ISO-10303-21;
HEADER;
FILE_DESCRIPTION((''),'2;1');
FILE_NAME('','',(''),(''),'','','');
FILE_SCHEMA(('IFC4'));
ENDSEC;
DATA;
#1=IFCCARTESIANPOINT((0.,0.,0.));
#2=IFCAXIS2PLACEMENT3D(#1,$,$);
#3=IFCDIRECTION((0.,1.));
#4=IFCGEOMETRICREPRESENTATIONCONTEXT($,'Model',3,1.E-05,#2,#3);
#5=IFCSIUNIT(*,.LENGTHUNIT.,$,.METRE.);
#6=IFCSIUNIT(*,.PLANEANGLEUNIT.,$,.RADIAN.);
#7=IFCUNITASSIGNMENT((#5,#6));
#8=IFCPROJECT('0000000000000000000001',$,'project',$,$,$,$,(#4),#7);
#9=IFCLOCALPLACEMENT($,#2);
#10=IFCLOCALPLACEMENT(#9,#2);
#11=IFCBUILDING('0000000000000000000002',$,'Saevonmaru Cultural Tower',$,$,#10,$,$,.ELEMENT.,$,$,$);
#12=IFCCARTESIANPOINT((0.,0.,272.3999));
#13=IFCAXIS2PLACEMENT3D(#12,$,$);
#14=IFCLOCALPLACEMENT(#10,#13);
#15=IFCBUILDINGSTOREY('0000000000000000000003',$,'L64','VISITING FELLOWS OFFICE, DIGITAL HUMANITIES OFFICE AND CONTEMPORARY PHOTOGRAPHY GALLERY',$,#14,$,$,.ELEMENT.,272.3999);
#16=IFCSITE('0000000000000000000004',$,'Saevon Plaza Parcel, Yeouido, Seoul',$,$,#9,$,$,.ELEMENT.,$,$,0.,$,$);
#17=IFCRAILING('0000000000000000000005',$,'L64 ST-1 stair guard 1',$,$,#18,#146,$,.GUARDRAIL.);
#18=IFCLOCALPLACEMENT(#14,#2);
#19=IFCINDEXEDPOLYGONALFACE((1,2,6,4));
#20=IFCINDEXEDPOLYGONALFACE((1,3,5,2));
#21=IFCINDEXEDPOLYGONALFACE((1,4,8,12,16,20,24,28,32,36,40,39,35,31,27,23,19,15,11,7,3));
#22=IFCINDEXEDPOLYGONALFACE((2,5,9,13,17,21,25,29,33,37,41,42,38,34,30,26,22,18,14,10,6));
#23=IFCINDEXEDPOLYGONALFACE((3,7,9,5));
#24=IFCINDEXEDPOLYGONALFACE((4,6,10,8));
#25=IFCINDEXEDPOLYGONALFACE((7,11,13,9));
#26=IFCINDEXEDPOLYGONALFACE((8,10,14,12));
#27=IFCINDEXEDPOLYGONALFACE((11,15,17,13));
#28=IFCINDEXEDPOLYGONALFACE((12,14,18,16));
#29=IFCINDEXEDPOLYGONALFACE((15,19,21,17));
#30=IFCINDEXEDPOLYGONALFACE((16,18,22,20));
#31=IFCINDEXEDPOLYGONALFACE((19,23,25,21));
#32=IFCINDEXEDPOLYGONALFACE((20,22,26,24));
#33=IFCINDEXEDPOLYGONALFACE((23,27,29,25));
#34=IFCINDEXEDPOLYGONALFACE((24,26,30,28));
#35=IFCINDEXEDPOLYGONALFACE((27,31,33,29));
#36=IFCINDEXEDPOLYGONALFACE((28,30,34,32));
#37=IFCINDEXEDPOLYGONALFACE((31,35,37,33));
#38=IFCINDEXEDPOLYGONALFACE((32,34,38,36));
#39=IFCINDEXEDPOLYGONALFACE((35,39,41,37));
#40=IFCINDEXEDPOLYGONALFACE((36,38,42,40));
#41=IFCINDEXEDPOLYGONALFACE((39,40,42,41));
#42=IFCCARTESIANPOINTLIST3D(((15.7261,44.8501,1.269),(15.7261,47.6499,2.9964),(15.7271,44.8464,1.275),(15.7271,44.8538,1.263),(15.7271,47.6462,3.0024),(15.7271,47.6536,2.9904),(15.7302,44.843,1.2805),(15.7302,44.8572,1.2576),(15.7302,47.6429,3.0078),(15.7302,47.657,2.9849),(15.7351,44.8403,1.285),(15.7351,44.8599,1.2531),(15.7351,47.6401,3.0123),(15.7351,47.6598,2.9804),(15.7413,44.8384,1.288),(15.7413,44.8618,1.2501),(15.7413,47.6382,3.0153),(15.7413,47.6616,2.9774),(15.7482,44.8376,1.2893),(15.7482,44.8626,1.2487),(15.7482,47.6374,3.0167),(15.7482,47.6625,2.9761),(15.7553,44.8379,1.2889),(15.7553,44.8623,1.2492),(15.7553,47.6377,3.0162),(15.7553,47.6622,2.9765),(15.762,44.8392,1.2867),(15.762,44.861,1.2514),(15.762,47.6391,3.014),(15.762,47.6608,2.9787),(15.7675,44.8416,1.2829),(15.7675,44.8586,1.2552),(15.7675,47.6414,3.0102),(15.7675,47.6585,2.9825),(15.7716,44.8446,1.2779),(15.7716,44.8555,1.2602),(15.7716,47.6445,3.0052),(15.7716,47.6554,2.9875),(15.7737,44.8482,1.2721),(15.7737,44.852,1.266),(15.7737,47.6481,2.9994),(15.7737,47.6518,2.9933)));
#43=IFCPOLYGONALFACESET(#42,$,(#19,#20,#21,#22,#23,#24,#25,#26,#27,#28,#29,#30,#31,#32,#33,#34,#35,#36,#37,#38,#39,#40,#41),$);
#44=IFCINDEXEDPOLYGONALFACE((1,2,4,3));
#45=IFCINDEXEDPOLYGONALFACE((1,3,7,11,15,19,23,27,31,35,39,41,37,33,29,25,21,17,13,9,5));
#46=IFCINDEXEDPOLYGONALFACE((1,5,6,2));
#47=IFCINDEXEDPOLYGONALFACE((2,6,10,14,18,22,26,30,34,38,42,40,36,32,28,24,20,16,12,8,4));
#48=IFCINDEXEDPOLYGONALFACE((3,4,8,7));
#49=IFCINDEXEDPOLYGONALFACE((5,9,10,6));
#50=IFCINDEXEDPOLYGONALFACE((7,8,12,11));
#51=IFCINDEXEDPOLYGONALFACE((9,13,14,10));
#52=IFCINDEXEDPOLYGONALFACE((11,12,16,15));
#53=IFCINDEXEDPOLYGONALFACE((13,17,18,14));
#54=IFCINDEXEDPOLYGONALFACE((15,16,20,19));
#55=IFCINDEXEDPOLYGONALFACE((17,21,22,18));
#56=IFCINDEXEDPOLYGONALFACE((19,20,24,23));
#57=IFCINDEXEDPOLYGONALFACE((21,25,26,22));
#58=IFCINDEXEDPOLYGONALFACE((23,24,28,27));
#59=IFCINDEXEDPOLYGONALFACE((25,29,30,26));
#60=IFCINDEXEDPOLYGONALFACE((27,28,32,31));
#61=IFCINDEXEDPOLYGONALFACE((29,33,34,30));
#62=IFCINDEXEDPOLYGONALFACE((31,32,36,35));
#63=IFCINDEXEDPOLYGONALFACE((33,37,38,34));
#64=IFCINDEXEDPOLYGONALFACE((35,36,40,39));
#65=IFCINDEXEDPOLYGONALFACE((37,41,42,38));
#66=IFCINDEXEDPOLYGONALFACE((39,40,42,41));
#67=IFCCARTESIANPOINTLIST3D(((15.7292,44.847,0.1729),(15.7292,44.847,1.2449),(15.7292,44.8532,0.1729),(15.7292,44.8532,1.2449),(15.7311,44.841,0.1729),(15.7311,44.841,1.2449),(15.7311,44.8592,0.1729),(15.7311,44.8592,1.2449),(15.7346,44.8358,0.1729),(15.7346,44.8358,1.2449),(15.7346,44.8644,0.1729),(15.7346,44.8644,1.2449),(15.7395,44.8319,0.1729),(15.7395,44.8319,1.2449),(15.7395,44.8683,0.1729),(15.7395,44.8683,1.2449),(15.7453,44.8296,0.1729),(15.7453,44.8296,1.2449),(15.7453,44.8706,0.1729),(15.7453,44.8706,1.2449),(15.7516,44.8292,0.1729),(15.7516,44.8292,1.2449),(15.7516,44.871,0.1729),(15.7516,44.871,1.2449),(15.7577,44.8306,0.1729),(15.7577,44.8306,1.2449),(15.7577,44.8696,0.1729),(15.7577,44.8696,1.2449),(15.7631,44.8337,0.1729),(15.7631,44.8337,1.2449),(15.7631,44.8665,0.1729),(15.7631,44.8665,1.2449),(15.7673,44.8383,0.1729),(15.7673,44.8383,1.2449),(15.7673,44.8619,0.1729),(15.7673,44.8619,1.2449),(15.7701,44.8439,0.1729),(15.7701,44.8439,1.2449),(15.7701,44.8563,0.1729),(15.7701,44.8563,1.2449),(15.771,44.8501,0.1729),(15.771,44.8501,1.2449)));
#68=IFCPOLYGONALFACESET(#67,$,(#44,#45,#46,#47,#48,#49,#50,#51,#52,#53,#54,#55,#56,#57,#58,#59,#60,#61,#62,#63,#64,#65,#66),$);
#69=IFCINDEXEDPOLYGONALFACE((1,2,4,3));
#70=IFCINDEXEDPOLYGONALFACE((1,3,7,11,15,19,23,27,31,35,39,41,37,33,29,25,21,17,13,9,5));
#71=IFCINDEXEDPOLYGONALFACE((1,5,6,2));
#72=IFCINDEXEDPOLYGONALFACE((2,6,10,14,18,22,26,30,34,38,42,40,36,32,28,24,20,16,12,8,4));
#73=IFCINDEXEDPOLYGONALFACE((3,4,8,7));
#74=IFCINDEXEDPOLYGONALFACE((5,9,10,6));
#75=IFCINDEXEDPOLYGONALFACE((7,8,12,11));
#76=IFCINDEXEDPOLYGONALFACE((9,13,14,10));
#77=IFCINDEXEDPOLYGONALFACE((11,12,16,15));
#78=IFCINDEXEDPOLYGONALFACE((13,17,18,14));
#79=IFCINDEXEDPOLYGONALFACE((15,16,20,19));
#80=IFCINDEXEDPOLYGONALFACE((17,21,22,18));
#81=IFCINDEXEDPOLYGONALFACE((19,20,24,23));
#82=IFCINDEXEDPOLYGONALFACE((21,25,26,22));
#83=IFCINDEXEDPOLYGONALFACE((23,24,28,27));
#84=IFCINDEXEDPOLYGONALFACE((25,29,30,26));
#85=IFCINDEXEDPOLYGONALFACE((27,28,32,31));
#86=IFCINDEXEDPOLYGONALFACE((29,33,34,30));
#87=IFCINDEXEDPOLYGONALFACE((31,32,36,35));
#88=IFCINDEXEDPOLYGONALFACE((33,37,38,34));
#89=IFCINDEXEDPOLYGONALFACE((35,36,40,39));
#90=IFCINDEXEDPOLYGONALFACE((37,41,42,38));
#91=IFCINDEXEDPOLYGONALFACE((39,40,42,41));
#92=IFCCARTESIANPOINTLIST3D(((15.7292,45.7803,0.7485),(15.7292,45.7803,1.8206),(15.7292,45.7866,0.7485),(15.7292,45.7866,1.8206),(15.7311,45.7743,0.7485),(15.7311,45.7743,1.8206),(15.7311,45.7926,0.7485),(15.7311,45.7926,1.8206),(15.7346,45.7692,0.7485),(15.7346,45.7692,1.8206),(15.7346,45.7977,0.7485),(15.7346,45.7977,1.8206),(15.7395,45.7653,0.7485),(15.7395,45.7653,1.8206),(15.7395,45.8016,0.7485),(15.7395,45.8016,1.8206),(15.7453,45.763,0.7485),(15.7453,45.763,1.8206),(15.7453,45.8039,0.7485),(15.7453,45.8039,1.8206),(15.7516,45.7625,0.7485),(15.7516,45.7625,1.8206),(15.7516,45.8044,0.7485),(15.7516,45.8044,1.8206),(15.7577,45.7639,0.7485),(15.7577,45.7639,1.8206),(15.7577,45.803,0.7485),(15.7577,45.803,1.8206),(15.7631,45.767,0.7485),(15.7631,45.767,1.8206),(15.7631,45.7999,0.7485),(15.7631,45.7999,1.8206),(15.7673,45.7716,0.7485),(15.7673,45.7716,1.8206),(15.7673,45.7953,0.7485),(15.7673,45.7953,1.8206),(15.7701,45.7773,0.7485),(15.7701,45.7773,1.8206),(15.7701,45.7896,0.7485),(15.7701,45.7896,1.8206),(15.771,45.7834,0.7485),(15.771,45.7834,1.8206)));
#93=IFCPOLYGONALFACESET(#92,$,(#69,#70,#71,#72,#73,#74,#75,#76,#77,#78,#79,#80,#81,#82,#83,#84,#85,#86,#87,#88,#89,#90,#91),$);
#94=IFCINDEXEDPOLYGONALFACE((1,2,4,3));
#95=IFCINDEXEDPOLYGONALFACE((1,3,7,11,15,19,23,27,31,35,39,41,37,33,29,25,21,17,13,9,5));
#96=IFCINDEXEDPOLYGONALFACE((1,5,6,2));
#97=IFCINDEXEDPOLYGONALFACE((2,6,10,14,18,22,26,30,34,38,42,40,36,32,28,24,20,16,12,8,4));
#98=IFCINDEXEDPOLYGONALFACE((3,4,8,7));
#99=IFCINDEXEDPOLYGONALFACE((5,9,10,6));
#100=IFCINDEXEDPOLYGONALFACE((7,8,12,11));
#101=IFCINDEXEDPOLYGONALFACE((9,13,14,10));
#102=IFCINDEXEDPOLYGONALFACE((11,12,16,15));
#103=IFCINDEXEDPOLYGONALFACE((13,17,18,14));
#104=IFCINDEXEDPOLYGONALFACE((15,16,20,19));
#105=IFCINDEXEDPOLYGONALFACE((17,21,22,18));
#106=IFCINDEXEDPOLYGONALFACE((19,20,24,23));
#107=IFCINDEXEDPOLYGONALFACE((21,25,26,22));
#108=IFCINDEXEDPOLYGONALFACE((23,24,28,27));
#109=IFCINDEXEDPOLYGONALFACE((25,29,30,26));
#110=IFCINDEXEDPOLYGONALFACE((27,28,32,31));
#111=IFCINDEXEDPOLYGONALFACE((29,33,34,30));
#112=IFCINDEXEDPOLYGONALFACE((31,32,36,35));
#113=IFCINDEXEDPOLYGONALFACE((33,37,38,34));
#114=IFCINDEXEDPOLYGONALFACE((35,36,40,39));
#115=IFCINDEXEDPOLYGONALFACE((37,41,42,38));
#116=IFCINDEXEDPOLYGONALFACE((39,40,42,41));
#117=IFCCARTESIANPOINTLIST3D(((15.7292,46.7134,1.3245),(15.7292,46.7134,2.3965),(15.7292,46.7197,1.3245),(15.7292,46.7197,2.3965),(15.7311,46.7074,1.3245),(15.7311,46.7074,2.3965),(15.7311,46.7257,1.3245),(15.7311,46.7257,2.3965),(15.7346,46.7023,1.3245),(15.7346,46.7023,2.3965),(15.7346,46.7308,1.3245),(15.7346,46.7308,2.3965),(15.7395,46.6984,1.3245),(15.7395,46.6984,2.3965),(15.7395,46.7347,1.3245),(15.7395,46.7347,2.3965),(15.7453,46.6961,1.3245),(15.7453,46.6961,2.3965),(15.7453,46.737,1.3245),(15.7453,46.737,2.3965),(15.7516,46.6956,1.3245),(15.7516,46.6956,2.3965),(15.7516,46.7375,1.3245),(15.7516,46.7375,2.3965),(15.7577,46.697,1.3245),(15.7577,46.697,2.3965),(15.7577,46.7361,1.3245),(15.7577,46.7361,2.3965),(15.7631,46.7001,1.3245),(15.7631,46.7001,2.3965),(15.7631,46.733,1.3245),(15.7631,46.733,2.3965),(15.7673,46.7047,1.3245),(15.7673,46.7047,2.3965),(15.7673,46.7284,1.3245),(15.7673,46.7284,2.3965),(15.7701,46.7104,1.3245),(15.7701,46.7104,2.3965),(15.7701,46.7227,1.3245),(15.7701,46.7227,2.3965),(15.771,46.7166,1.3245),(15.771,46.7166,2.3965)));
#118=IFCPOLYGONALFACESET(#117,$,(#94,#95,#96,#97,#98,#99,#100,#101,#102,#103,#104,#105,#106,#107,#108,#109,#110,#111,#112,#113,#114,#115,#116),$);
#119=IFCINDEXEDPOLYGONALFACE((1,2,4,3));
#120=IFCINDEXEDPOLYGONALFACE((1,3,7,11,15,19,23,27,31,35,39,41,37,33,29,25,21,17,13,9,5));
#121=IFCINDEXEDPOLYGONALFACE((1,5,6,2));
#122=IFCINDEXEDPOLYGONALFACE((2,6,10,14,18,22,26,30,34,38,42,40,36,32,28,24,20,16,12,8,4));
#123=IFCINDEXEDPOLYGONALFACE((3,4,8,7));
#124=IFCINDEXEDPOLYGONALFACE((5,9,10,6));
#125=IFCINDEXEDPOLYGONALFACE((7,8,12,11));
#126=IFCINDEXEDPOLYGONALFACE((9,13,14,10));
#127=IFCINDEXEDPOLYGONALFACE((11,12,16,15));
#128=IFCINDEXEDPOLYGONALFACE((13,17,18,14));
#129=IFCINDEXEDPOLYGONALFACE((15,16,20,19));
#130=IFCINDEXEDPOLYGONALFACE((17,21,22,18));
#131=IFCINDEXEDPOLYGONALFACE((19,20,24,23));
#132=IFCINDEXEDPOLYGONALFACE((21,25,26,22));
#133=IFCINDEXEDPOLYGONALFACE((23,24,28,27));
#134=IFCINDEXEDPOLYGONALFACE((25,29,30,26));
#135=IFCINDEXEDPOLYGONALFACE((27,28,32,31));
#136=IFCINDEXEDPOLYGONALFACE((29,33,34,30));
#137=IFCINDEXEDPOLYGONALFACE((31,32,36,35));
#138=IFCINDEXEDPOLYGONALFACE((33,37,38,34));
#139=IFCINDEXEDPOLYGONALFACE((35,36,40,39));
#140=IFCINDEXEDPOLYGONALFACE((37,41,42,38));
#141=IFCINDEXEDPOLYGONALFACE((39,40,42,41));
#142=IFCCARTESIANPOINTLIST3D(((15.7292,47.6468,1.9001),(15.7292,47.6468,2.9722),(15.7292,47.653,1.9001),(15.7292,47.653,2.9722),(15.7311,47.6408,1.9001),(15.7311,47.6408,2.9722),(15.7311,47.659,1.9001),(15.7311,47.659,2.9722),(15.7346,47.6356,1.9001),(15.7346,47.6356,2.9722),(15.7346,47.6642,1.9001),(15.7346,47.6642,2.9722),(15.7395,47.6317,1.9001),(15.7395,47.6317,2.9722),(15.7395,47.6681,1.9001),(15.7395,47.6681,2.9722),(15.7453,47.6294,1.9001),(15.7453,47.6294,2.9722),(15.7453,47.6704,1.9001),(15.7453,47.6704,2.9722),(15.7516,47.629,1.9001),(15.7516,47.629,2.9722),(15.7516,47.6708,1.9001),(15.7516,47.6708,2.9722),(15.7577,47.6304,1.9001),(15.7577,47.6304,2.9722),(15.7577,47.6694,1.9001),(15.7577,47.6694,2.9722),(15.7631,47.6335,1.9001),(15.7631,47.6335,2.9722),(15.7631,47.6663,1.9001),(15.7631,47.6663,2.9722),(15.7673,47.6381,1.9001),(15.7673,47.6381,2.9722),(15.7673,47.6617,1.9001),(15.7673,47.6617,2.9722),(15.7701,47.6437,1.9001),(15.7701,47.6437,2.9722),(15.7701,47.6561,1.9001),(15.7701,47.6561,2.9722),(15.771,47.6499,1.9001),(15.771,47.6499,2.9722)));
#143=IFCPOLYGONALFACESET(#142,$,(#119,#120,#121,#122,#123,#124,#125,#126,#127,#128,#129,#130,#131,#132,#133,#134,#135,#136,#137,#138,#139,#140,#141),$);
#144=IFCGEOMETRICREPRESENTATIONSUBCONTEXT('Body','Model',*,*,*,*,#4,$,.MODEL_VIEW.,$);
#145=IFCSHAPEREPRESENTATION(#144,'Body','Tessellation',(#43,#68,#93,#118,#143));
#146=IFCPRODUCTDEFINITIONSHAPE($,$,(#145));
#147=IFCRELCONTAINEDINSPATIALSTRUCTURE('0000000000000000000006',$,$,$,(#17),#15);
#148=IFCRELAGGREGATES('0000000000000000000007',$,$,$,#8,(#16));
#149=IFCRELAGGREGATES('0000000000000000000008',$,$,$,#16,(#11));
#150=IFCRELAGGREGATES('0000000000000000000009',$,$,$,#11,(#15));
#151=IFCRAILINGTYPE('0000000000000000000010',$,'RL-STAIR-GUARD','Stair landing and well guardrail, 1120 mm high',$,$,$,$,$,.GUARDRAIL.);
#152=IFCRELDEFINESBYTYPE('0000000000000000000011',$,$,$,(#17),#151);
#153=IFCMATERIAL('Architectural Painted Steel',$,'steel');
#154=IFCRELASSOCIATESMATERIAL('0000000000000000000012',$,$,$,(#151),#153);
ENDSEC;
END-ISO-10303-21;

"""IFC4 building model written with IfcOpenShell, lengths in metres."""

from ifc_helpers import new_model, si_unit, direction, frame, origin, origin_2d, place, context, subcontext, project, spatial, circle, extrude, material, type_object, element, save


model = new_model("IFC4")

# Units and contexts
model_context = context("Model", 3, precision=1e-05, world=origin(), true_north=direction((0.0, 1.0)))
body_context = subcontext(model_context, "Body", "Model", "MODEL_VIEW")
ifc_project = project(units=[si_unit("LENGTHUNIT", "METRE"), si_unit("PLANEANGLEUNIT", "RADIAN")], contexts=[model_context])

# Site, building, storey
site_placement = place(None, origin())
site = spatial("IfcSite", under=ifc_project, at=site_placement, Name="Saevon Plaza Parcel, Yeouido, Seoul", CompositionType="ELEMENT", RefElevation=0.0)
building_placement = place(site_placement, origin())
building = spatial("IfcBuilding", under=site, at=building_placement, Name="Saevonmaru Cultural Tower", CompositionType="ELEMENT")
storey_placement = place(building_placement, frame((0.0, 0.0, 272.3999)))
storey = spatial("IfcBuildingStorey", under=building, at=storey_placement, Name="L64", Description="VISITING FELLOWS OFFICE, DIGITAL HUMANITIES OFFICE AND CONTEMPORARY PHOTOGRAPHY GALLERY", CompositionType="ELEMENT", Elevation=272.3999)

# Railing
ifc_material_1 = material(Name="Architectural Painted Steel", Category="steel")
railing_type_1 = type_object("IfcRailingType", Name="RL-STAIR-GUARD", Description="Stair landing and well guardrail, 1120 mm high", PredefinedType="GUARDRAIL", material=ifc_material_1)
railing_1_placement = place(storey_placement, frame((15.75, 44.8501, 0.1729)))
element("IfcRailing", 1, at=railing_1_placement, inside=storey, type_object=railing_type_1, Name="L64 ST-1 stair guard 1", PredefinedType="GUARDRAIL", context=body_context, shape_type="SweptSolid", body=[
    extrude(circle(Radius=0.0239, at=origin_2d()), frame((0.0, 0.0, 1.0962), z_axis=(0.0, 0.851069, 0.525054), x_axis=(-1.0, 0.0, 0.0)), (0.0, 0.0, 1.0), 3.2898),
    extrude(circle(Radius=0.021, at=origin_2d()), origin(), (0.0, 0.0, 1.0), 1.072),
    extrude(circle(Radius=0.021, at=origin_2d()), frame((0.0, 0.9333, 0.5757)), (0.0, 0.0, 1.0), 1.072),
    extrude(circle(Radius=0.021, at=origin_2d()), frame((0.0, 1.8665, 1.1516)), (0.0, 0.0, 1.0), 1.072),
    extrude(circle(Radius=0.021, at=origin_2d()), frame((0.0, 2.7998, 1.7273)), (0.0, 0.0, 1.0), 1.072),
])

save(model, "model.ifc")
